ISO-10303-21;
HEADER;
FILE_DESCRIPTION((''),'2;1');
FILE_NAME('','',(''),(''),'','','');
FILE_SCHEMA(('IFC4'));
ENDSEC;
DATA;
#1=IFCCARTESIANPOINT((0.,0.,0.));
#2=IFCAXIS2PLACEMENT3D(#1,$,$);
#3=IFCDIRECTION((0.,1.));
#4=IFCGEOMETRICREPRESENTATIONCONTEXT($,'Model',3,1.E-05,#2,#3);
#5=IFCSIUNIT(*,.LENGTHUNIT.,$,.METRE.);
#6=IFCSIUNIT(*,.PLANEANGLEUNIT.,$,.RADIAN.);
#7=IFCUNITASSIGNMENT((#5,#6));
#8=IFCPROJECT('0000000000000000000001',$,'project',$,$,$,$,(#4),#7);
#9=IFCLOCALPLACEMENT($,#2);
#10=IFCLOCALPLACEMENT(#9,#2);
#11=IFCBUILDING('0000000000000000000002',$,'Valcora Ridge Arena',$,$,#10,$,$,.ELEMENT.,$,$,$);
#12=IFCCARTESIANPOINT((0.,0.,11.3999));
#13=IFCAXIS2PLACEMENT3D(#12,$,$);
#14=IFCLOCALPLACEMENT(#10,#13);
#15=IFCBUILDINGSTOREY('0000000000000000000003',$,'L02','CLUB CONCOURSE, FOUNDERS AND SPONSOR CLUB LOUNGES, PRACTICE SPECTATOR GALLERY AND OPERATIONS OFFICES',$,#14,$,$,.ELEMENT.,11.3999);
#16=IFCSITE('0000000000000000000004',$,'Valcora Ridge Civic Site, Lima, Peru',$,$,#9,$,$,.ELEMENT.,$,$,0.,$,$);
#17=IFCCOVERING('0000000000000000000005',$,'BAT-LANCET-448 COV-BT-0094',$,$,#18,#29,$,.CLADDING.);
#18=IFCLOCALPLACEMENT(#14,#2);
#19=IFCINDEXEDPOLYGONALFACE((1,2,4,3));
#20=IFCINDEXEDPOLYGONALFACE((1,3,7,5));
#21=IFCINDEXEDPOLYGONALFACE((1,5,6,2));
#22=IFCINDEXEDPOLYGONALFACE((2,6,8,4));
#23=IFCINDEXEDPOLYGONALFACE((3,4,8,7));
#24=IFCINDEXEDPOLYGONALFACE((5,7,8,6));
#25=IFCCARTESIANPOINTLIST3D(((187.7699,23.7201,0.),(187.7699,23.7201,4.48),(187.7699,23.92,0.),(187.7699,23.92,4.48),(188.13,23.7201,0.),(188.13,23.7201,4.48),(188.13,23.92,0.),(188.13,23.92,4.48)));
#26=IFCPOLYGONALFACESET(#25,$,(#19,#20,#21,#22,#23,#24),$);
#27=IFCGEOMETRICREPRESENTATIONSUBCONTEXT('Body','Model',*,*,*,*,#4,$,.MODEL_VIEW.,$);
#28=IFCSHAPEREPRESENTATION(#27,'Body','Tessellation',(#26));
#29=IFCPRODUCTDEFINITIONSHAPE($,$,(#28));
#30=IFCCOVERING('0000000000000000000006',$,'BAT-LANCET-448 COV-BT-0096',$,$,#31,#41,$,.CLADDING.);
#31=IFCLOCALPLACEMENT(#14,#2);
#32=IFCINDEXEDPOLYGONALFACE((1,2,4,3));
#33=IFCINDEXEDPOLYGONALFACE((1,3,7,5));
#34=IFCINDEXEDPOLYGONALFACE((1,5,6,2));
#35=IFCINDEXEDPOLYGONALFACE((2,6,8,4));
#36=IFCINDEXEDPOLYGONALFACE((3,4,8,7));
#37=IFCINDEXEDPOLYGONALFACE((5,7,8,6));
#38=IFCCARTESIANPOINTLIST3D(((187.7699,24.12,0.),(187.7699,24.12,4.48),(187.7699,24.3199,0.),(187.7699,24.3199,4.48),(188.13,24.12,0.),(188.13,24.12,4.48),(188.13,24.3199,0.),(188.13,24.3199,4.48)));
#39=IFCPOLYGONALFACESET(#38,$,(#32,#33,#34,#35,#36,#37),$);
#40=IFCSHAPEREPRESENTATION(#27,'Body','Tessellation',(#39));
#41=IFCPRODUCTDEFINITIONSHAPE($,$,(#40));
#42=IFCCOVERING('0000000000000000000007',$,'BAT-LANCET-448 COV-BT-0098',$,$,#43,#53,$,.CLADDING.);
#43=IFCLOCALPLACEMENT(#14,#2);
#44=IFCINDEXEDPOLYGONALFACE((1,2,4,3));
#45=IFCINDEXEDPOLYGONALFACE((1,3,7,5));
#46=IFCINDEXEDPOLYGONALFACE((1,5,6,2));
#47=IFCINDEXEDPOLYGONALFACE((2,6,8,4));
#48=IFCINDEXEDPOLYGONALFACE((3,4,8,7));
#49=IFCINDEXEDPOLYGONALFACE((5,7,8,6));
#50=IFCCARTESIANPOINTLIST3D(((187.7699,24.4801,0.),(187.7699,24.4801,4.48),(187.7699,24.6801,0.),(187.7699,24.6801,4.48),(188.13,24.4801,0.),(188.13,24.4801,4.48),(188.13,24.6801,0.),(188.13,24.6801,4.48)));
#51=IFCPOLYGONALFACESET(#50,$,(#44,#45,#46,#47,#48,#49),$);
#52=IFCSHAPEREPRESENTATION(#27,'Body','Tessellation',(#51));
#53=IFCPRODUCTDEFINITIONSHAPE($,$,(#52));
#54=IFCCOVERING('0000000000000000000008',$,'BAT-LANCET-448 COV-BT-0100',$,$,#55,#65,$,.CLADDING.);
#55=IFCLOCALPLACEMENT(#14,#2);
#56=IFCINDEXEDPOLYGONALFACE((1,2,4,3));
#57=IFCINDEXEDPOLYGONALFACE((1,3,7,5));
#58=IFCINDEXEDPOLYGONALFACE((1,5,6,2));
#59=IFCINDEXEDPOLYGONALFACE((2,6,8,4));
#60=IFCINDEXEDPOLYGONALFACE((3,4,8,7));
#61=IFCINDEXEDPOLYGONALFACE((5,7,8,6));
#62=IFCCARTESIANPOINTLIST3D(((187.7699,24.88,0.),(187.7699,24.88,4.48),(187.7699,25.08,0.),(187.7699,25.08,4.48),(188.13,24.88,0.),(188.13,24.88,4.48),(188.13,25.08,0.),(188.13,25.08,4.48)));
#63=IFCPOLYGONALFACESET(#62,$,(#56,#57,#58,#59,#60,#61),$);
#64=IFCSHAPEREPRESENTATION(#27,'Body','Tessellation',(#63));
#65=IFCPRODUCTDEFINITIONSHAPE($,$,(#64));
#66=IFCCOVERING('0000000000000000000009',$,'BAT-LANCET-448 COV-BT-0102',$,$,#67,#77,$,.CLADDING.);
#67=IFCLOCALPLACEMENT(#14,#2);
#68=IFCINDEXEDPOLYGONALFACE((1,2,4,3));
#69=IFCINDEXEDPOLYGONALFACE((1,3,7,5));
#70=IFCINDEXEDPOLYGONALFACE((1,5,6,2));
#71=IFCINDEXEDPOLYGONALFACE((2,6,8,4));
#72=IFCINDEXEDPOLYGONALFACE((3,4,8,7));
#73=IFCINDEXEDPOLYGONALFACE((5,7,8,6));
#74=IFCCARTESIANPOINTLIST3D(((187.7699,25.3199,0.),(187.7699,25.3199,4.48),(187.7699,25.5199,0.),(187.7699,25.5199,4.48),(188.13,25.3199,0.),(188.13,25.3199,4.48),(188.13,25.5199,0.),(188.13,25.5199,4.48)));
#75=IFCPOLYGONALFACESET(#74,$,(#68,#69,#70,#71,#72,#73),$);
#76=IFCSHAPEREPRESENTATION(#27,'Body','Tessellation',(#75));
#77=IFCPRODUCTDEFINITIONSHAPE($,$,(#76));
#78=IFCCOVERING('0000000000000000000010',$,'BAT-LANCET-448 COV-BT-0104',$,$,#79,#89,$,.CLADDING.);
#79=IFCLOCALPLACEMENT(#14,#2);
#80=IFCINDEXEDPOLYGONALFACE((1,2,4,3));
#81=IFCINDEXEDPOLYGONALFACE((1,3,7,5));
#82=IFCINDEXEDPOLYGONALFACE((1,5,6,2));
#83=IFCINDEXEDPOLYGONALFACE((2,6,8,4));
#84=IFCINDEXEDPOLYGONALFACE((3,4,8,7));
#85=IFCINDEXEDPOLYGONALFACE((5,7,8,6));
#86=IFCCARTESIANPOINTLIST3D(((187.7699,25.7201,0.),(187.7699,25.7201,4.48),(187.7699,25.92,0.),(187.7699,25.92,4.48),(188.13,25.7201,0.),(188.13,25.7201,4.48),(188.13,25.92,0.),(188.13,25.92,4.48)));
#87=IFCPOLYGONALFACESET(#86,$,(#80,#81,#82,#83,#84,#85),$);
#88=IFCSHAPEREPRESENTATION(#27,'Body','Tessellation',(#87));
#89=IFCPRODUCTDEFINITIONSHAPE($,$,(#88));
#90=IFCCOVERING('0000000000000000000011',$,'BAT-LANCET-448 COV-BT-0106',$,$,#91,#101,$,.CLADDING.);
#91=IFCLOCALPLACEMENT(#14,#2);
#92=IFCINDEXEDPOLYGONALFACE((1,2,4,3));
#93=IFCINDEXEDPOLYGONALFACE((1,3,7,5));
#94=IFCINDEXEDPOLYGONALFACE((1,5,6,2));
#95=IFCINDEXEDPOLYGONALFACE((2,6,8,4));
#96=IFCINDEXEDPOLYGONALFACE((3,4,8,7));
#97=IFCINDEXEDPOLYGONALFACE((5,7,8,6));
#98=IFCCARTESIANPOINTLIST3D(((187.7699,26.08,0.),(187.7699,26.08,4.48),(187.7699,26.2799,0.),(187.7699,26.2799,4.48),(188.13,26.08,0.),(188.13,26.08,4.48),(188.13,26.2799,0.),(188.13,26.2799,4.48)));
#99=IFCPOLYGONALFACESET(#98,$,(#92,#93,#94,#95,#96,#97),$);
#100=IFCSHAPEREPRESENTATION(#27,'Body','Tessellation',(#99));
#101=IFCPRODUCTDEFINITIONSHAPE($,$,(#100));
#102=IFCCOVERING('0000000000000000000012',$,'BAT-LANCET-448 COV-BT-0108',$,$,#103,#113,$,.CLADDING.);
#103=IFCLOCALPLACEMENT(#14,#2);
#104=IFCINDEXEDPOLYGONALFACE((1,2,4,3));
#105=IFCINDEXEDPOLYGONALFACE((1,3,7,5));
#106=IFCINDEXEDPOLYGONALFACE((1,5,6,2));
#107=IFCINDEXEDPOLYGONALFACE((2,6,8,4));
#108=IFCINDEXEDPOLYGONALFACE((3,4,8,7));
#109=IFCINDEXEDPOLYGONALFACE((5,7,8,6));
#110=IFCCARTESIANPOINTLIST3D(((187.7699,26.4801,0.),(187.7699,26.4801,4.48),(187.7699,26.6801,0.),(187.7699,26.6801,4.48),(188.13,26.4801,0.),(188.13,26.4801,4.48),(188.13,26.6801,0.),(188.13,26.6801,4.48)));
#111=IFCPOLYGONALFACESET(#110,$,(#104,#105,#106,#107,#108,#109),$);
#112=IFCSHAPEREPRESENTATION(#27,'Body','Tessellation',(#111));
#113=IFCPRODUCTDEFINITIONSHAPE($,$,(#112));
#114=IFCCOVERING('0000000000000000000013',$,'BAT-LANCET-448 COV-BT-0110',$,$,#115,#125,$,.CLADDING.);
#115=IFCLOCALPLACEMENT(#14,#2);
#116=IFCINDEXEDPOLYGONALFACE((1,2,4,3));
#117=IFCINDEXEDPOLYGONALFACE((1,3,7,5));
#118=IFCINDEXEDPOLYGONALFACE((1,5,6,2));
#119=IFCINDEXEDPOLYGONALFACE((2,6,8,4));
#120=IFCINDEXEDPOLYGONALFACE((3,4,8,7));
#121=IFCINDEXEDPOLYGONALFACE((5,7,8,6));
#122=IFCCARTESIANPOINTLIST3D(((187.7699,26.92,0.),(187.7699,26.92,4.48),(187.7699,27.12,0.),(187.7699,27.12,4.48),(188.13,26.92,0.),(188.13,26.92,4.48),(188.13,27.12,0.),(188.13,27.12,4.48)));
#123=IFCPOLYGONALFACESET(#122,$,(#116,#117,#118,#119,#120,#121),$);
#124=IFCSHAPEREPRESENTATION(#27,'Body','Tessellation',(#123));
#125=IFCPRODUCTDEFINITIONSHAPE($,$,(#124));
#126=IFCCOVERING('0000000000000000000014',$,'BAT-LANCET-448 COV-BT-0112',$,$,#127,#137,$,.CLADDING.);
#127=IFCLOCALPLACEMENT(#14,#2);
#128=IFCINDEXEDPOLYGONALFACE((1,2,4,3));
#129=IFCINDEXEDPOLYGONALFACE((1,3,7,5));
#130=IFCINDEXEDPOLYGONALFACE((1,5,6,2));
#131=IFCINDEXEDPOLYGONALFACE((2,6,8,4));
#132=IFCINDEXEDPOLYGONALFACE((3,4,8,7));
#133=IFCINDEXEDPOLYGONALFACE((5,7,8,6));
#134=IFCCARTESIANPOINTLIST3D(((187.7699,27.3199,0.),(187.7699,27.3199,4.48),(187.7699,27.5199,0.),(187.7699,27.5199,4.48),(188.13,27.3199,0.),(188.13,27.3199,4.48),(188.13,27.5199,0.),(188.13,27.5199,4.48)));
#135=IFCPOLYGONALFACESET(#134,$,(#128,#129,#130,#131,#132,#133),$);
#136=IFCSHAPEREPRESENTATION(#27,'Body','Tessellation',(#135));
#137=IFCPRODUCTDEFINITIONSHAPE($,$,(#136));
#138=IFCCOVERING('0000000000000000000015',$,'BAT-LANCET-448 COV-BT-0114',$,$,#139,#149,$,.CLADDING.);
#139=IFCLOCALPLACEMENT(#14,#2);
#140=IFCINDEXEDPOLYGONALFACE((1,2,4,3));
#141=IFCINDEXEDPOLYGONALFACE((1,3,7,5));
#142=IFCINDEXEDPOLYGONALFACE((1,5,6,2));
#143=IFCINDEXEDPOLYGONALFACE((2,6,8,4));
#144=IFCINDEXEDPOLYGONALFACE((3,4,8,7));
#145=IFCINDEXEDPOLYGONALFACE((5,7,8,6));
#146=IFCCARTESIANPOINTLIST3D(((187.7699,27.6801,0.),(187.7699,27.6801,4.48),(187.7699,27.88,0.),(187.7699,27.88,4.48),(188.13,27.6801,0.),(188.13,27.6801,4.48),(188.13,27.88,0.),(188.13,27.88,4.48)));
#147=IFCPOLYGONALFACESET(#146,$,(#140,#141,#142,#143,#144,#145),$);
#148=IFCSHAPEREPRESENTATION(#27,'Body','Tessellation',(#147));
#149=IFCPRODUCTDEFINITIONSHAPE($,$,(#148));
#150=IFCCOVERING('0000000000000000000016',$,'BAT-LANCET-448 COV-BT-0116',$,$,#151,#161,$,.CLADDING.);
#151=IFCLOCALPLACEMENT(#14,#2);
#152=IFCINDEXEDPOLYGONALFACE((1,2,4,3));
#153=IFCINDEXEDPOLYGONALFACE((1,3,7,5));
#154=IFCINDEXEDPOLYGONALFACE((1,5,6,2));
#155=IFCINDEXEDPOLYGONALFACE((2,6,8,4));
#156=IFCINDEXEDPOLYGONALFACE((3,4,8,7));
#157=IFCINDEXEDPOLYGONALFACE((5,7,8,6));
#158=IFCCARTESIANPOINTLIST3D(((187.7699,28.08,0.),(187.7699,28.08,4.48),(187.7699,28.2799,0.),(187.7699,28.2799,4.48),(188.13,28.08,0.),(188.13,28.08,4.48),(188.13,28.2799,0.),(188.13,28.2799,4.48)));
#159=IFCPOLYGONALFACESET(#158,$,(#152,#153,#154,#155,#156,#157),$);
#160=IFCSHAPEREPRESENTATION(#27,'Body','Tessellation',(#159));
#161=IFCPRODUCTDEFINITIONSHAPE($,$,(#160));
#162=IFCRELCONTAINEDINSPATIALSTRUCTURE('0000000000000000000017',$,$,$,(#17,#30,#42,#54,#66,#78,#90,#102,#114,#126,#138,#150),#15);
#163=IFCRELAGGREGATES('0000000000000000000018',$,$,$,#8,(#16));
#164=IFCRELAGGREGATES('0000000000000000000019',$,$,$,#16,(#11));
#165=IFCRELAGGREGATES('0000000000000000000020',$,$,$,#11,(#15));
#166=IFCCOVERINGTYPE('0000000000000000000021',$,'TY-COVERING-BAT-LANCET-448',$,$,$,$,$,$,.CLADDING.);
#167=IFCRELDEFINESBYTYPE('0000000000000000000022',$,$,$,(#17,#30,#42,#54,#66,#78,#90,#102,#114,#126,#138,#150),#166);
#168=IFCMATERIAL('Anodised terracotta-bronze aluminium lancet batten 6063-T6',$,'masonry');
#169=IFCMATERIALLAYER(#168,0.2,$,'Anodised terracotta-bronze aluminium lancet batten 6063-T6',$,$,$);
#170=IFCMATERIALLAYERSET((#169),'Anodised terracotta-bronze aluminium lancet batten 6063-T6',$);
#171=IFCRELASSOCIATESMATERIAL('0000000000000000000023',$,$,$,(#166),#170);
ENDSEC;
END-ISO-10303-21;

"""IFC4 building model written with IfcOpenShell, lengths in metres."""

from ifc_helpers import new_model, si_unit, direction, frame, origin, origin_2d, place, context, subcontext, project, spatial, rectangle, extrude, material, layer, layer_set, type_object, element, save


model = new_model("IFC4")

# Units and contexts
model_context = context("Model", 3, precision=1e-05, world=origin(), true_north=direction((0.0, 1.0)))
body_context = subcontext(model_context, "Body", "Model", "MODEL_VIEW")
ifc_project = project(units=[si_unit("LENGTHUNIT", "METRE"), si_unit("PLANEANGLEUNIT", "RADIAN")], contexts=[model_context])

# Site, building, storey
site_placement = place(None, origin())
site = spatial("IfcSite", under=ifc_project, at=site_placement, Name="Valcora Ridge Civic Site, Lima, Peru", CompositionType="ELEMENT", RefElevation=0.0)
building_placement = place(site_placement, origin())
building = spatial("IfcBuilding", under=site, at=building_placement, Name="Valcora Ridge Arena", CompositionType="ELEMENT")
storey_placement = place(building_placement, frame((0.0, 0.0, 11.3999)))
storey = spatial("IfcBuildingStorey", under=building, at=storey_placement, Name="L02", Description="CLUB CONCOURSE, FOUNDERS AND SPONSOR CLUB LOUNGES, PRACTICE SPECTATOR GALLERY AND OPERATIONS OFFICES", CompositionType="ELEMENT", Elevation=11.3999)

# Coverings
ifc_material_1 = material(Name="Anodised terracotta-bronze aluminium lancet batten 6063-T6", Category="masonry")
ifc_layer_1 = layer(ifc_material_1, 0.2, Name="Anodised terracotta-bronze aluminium lancet batten 6063-T6")
ifc_layer_set_1 = layer_set([ifc_layer_1], Name="Anodised terracotta-bronze aluminium lancet batten 6063-T6")
covering_type = type_object("IfcCoveringType", Name="TY-COVERING-BAT-LANCET-448", PredefinedType="CLADDING", material=ifc_layer_set_1)
for number, where, z_axis, x_axis, name in (
    (1, (187.95, 23.8201, 0.0), (0.0, 0.0, 1.0), (1.0, 0.0, 0.0), "BAT-LANCET-448 COV-BT-0094"),
    (2, (187.95, 24.22, 0.0), (0.0, 0.0, 1.0), (1.0, 0.0, 0.0), "BAT-LANCET-448 COV-BT-0096"),
    (3, (187.95, 24.5801, 0.0), (0.0, 0.0, 1.0), (1.0, 0.0, 0.0), "BAT-LANCET-448 COV-BT-0098"),
    (4, (187.95, 24.98, 0.0), (0.0, 0.0, 1.0), (1.0, 0.0, 0.0), "BAT-LANCET-448 COV-BT-0100"),
    (5, (187.95, 25.4199, 0.0), (0.0, 0.0, 1.0), (1.0, 0.0, 0.0), "BAT-LANCET-448 COV-BT-0102"),
    (6, (187.95, 25.8201, 0.0), (0.0, 0.0, 1.0), (1.0, 0.0, 0.0), "BAT-LANCET-448 COV-BT-0104"),
    (7, (187.95, 26.1799, 0.0), (0.0, 0.0, 1.0), (1.0, 0.0, 0.0), "BAT-LANCET-448 COV-BT-0106"),
    (8, (187.95, 26.5801, 0.0), (0.0, 0.0, 1.0), (1.0, 0.0, 0.0), "BAT-LANCET-448 COV-BT-0108"),
    (9, (187.95, 27.02, 0.0), (0.0, 0.0, 1.0), (1.0, 0.0, 0.0), "BAT-LANCET-448 COV-BT-0110"),
    (10, (187.95, 27.4199, 0.0), (0.0, 0.0, 1.0), (1.0, 0.0, 0.0), "BAT-LANCET-448 COV-BT-0112"),
    (11, (187.95, 27.78, 0.0), (0.0, 0.0, 1.0), (1.0, 0.0, 0.0), "BAT-LANCET-448 COV-BT-0114"),
    (12, (187.95, 28.1799, 0.0), (0.0, 0.0, 1.0), (1.0, 0.0, 0.0), "BAT-LANCET-448 COV-BT-0116"),
):
    element("IfcCovering", number, at=place(storey_placement, frame(where, z_axis=z_axis, x_axis=x_axis)), inside=storey, type_object=covering_type, Name=name, PredefinedType="CLADDING", context=body_context, shape_type="SweptSolid", body=[
        extrude(rectangle(XDim=0.3601, YDim=0.2, at=origin_2d()), origin(), (0.0, 0.0, 1.0), 4.48),
    ])

save(model, "model.ifc")
